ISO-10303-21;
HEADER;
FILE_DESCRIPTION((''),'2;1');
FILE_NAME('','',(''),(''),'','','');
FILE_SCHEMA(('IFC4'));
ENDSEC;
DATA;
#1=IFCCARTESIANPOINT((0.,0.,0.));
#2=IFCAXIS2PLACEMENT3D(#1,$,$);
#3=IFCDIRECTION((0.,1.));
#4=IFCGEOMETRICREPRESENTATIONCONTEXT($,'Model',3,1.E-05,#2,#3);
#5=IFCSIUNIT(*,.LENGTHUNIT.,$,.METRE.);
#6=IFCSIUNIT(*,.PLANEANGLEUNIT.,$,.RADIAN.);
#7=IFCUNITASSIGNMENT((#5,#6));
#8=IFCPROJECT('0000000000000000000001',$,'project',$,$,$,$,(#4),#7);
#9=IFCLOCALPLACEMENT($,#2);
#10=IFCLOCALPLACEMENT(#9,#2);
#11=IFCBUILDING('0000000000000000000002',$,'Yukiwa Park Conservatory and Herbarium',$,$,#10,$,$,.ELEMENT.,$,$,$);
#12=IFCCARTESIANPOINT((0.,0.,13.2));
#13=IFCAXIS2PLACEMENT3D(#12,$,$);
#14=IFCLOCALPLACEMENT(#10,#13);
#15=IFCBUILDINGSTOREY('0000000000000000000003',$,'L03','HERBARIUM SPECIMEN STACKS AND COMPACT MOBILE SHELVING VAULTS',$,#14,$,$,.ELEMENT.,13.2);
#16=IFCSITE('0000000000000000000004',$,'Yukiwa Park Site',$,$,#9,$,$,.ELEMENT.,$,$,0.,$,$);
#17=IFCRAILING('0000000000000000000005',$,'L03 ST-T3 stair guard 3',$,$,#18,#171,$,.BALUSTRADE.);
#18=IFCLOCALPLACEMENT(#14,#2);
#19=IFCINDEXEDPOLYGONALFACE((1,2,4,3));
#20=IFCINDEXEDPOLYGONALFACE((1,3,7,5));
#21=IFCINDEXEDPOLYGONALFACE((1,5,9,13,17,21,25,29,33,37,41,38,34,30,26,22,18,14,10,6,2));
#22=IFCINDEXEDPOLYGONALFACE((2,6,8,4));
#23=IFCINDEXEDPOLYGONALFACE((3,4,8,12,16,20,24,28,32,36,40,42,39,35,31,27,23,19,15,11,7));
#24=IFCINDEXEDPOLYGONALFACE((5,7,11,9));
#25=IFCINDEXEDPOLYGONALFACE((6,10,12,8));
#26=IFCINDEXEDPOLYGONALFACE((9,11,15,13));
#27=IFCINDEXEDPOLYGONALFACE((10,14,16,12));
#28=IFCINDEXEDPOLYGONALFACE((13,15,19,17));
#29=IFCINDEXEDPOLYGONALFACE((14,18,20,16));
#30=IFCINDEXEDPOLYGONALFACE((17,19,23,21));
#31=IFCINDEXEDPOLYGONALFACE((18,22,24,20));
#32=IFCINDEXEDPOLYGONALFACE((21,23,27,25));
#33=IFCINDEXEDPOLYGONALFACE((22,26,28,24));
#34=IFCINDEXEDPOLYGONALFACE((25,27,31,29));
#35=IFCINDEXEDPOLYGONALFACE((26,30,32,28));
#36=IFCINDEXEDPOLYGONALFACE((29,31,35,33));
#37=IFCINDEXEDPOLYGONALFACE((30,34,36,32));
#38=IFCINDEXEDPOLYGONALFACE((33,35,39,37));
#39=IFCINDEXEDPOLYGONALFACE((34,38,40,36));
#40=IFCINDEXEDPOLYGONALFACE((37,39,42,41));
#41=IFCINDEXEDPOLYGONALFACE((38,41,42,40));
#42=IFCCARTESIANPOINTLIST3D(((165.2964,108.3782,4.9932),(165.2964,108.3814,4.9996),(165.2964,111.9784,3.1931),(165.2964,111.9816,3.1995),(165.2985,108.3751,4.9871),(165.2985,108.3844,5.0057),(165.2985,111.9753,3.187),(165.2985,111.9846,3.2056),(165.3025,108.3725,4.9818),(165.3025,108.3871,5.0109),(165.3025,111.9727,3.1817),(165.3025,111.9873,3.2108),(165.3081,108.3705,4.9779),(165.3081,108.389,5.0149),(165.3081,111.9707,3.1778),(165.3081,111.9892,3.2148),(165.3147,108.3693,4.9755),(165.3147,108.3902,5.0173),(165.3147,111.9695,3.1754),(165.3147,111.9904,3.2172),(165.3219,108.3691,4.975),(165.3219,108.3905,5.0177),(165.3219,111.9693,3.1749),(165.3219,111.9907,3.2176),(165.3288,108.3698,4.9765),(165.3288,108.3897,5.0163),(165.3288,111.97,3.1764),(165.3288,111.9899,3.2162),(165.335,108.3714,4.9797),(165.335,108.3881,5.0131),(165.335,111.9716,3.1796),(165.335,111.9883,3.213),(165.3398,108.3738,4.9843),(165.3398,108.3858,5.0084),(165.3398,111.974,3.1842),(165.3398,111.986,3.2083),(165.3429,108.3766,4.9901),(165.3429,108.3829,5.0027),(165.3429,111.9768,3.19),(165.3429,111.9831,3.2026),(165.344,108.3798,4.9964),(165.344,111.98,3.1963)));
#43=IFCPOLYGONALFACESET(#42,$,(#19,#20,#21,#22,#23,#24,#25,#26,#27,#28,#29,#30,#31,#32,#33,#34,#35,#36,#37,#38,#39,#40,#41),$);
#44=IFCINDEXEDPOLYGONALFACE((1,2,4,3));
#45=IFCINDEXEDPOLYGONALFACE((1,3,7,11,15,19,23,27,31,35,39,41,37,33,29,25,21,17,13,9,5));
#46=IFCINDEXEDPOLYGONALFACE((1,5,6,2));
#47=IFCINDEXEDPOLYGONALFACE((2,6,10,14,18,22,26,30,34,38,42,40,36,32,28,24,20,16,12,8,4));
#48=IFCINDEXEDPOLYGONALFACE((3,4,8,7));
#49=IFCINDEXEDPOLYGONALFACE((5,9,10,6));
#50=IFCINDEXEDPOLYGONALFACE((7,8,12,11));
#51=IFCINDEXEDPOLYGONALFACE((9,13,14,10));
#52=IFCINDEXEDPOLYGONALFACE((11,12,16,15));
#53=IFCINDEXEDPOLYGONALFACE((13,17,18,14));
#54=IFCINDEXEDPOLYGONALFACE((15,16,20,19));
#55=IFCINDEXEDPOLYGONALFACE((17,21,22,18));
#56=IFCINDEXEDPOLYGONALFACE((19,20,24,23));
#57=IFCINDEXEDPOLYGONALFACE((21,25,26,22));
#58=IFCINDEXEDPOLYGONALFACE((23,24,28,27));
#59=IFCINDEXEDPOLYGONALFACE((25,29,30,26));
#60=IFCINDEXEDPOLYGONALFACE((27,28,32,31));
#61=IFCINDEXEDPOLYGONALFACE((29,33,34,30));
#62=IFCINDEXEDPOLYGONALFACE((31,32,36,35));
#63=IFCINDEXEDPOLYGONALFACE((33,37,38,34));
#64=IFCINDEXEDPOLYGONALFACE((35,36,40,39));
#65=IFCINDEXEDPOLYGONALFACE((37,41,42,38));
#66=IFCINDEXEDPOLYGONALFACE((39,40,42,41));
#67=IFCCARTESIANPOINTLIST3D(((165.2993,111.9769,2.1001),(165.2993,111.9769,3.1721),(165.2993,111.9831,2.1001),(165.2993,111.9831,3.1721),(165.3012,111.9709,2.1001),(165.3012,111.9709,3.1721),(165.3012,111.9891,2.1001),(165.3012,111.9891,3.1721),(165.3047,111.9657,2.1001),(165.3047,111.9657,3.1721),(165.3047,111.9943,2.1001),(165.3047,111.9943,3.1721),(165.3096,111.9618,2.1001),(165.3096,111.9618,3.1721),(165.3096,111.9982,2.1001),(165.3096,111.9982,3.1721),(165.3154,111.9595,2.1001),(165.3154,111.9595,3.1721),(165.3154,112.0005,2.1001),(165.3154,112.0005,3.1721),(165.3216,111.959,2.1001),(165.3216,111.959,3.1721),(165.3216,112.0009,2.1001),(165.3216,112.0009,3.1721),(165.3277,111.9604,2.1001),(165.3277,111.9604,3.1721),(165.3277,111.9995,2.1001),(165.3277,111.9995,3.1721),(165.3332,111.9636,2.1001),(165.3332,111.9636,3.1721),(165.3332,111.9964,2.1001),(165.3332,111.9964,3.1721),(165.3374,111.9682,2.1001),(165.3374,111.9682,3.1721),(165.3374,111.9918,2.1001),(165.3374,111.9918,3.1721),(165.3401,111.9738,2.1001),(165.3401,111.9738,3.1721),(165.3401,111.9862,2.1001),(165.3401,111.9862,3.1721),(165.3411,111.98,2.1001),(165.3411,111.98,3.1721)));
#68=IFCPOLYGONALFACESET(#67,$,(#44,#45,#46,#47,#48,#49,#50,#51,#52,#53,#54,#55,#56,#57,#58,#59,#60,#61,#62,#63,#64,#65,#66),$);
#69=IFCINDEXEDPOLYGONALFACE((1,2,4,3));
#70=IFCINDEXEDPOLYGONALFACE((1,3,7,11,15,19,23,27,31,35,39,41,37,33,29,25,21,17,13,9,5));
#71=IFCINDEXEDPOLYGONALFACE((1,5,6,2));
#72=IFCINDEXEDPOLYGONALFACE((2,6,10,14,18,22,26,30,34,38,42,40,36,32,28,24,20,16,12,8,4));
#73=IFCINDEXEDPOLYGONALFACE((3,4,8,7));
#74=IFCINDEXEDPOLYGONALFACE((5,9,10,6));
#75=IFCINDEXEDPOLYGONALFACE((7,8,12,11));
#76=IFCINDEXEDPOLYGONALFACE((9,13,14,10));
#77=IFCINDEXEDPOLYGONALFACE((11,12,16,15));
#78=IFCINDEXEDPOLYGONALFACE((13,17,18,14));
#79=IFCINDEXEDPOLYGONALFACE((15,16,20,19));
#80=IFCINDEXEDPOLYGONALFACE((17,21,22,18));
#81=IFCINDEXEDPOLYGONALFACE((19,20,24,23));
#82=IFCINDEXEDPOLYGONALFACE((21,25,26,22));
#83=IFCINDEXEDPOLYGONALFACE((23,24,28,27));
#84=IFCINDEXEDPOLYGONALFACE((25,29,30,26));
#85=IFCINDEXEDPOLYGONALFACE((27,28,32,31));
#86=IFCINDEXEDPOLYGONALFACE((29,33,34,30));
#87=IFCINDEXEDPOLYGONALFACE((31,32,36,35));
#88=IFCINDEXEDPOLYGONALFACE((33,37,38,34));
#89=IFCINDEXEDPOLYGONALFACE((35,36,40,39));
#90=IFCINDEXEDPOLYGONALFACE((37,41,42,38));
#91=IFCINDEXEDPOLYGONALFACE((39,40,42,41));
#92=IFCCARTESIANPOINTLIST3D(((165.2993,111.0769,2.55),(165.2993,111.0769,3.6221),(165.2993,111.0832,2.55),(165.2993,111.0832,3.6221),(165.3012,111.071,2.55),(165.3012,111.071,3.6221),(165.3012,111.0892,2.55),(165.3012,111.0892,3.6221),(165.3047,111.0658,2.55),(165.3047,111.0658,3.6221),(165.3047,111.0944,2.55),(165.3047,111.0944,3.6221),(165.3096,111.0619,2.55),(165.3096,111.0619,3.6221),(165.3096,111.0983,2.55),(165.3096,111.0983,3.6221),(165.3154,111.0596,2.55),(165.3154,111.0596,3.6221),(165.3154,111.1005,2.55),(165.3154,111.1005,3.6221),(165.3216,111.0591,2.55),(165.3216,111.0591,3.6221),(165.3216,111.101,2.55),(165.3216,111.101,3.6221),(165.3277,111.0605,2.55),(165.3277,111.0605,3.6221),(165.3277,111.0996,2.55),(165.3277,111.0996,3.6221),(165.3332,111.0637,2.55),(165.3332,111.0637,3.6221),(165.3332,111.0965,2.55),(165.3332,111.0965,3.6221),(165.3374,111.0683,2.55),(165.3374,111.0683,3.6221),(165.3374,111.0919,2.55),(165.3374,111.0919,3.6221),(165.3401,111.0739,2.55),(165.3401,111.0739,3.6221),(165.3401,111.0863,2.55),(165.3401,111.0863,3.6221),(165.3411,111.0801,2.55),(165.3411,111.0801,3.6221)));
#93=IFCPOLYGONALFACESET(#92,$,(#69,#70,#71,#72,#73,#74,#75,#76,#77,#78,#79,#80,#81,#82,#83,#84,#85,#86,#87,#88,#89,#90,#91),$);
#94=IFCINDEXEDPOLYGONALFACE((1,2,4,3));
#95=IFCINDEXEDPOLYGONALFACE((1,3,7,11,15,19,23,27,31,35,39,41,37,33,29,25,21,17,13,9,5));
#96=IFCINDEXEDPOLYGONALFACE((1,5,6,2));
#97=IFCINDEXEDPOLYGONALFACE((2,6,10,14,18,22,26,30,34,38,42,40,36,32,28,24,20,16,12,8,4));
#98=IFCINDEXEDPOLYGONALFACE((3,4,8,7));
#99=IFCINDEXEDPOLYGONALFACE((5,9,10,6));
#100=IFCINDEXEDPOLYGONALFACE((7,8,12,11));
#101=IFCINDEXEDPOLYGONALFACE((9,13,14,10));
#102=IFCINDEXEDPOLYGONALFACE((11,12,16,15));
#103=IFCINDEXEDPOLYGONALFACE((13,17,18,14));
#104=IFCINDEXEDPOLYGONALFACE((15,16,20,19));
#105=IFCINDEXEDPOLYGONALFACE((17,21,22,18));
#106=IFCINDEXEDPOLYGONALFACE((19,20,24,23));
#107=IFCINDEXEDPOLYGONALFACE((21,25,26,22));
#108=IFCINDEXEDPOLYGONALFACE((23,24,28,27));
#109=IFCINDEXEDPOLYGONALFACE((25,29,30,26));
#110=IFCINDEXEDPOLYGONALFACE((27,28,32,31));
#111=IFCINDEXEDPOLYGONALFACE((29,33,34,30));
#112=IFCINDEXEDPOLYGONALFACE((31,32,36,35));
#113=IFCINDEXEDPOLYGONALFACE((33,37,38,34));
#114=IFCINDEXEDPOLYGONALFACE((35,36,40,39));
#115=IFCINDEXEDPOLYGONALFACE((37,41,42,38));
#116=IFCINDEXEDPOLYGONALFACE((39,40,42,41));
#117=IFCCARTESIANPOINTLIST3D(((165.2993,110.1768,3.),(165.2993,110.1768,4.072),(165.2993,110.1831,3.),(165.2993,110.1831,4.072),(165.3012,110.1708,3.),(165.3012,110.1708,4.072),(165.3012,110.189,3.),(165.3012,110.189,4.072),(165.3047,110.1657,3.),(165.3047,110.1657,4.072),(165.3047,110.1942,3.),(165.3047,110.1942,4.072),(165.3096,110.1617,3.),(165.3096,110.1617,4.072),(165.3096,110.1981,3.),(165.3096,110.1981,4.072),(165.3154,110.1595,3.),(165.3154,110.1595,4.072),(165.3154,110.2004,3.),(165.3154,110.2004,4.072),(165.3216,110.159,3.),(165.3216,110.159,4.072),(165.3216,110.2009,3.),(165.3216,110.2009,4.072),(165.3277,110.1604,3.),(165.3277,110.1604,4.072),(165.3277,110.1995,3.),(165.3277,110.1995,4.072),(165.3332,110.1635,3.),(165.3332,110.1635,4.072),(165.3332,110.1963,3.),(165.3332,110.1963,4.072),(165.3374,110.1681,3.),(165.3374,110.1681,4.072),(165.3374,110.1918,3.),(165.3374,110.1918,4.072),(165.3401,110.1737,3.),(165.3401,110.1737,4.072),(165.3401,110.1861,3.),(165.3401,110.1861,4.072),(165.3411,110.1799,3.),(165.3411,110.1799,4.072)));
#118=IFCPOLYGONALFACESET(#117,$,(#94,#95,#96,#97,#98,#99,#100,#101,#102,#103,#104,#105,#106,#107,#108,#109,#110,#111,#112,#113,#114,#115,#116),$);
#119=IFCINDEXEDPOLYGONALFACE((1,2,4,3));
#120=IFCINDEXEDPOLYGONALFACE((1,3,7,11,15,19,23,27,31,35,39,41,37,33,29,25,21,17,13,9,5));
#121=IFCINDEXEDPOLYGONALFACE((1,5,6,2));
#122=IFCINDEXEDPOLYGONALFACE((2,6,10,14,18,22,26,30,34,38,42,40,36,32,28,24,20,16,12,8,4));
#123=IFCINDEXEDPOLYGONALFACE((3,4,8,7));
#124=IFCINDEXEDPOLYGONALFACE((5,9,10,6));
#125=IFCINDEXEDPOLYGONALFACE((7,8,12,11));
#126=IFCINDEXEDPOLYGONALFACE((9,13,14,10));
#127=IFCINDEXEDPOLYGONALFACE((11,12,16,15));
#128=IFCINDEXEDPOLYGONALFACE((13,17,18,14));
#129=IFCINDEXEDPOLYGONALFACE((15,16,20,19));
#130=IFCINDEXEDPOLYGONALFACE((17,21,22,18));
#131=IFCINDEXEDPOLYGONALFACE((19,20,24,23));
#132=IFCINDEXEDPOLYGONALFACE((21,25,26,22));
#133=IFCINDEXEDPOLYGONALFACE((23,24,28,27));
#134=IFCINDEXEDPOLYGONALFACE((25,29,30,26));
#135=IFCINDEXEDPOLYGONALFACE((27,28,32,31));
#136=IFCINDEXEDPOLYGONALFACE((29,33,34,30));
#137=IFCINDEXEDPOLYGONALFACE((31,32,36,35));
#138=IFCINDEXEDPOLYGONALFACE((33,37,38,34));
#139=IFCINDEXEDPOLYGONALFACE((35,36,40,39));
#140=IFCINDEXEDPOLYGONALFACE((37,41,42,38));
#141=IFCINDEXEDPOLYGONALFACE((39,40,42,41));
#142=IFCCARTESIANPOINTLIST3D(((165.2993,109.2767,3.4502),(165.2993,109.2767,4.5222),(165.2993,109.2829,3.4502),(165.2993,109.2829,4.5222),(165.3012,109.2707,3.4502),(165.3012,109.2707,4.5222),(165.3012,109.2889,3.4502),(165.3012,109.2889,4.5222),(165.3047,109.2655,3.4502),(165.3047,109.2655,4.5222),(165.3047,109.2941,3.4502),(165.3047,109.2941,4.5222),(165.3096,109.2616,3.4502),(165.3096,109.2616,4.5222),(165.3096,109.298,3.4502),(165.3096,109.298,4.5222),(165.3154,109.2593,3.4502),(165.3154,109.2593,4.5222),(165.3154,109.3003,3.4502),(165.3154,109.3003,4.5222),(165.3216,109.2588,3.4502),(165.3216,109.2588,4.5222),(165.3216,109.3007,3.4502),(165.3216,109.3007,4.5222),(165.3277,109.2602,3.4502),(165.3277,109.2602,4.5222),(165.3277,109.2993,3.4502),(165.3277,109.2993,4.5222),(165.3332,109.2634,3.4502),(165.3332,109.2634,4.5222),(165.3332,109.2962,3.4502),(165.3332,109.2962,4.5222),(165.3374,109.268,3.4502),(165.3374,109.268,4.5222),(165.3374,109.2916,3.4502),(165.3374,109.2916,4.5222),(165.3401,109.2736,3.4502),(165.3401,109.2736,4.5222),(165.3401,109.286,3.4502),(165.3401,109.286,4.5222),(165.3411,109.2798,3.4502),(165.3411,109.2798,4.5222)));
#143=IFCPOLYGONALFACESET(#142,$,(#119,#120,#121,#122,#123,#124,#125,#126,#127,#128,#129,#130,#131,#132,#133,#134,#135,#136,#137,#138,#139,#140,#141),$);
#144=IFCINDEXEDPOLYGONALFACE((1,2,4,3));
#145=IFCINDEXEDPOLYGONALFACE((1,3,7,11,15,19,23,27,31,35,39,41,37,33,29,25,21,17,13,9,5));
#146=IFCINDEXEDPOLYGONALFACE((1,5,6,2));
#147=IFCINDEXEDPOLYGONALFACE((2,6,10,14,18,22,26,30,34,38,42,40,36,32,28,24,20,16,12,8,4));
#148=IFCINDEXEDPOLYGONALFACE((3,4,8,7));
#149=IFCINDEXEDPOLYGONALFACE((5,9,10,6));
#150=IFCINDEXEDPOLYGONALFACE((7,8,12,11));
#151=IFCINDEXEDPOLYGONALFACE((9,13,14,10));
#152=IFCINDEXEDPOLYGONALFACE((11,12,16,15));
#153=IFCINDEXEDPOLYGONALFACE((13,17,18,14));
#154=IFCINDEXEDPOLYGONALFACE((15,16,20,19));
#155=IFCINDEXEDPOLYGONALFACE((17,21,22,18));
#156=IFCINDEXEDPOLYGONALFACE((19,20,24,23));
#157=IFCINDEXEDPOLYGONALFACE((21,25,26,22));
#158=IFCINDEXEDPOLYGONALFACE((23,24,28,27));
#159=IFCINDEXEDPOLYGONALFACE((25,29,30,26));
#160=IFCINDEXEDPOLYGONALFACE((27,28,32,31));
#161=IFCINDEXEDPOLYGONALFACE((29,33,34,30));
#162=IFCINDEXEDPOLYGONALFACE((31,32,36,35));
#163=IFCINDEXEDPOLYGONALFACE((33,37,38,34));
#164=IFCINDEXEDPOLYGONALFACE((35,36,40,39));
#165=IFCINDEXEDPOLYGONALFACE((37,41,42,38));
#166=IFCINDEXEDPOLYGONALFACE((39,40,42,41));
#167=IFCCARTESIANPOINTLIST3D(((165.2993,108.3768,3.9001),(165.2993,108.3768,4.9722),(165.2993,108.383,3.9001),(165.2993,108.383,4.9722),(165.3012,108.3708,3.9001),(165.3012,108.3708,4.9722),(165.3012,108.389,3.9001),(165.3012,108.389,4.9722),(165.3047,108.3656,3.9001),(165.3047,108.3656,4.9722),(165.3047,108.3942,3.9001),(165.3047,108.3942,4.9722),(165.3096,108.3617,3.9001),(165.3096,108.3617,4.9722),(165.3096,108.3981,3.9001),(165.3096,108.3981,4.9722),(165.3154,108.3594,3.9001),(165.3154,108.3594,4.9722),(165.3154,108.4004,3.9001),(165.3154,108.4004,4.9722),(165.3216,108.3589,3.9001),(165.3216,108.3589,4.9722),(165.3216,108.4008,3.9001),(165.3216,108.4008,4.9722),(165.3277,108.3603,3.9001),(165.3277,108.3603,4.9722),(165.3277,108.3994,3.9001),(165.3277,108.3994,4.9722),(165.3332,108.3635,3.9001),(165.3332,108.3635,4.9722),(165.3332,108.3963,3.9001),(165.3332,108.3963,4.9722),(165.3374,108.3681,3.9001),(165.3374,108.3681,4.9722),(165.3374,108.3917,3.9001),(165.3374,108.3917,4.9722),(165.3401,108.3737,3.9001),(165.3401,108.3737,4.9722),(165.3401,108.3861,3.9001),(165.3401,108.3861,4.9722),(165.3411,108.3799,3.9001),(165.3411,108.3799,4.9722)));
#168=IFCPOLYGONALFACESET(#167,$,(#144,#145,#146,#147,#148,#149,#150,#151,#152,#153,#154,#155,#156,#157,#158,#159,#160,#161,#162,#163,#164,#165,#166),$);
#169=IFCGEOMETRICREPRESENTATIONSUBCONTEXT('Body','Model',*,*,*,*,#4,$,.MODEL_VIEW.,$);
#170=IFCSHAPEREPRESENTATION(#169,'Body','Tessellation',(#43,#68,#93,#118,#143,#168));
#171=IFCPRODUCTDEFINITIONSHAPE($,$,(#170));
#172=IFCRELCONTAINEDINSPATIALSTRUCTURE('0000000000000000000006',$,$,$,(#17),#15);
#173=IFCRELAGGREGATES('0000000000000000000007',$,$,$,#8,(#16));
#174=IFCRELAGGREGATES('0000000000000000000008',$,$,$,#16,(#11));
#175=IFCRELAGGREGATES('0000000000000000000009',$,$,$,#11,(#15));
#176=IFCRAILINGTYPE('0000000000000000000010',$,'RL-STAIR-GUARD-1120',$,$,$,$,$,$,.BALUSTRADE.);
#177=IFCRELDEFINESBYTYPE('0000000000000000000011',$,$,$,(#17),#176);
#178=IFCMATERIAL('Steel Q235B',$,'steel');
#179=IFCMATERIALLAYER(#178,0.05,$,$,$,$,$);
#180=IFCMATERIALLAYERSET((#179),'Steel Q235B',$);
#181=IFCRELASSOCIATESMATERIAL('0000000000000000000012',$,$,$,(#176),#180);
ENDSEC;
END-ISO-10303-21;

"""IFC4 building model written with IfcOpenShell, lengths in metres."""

from ifc_helpers import new_model, si_unit, direction, frame, origin, origin_2d, place, context, subcontext, project, spatial, circle, extrude, material, layer, layer_set, type_object, element, save


model = new_model("IFC4")

# Units and contexts
model_context = context("Model", 3, precision=1e-05, world=origin(), true_north=direction((0.0, 1.0)))
body_context = subcontext(model_context, "Body", "Model", "MODEL_VIEW")
ifc_project = project(units=[si_unit("LENGTHUNIT", "METRE"), si_unit("PLANEANGLEUNIT", "RADIAN")], contexts=[model_context])

# Site, building, storey
site_placement = place(None, origin())
site = spatial("IfcSite", under=ifc_project, at=site_placement, Name="Yukiwa Park Site", CompositionType="ELEMENT", RefElevation=0.0)
building_placement = place(site_placement, origin())
building = spatial("IfcBuilding", under=site, at=building_placement, Name="Yukiwa Park Conservatory and Herbarium", CompositionType="ELEMENT")
storey_placement = place(building_placement, frame((0.0, 0.0, 13.2)))
storey = spatial("IfcBuildingStorey", under=building, at=storey_placement, Name="L03", Description="HERBARIUM SPECIMEN STACKS AND COMPACT MOBILE SHELVING VAULTS", CompositionType="ELEMENT", Elevation=13.2)

# Railing
ifc_material_1 = material(Name="Steel Q235B", Category="steel")
ifc_layer_1 = layer(ifc_material_1, 0.05)
ifc_layer_set_1 = layer_set([ifc_layer_1], Name="Steel Q235B")
railing_type_1 = type_object("IfcRailingType", Name="RL-STAIR-GUARD-1120", PredefinedType="BALUSTRADE", material=ifc_layer_set_1)
railing_1_placement = place(storey_placement, frame((165.3201, 111.98, 2.1001)))
element("IfcRailing", 1, at=railing_1_placement, inside=storey, type_object=railing_type_1, Name="L03 ST-T3 stair guard 3", PredefinedType="BALUSTRADE", context=body_context, shape_type="SweptSolid", body=[
    extrude(circle(Radius=0.0239, at=origin_2d()), frame((0.0, 0.0, 1.0962), z_axis=(0.0, -0.894427, 0.447214), x_axis=(1.0, 0.0, 0.0)), (0.0, 0.0, 1.0), 4.0251),
    extrude(circle(Radius=0.021, at=origin_2d()), origin(), (0.0, 0.0, 1.0), 1.072),
    extrude(circle(Radius=0.021, at=origin_2d()), frame((0.0, -0.8999, 0.45)), (0.0, 0.0, 1.0), 1.072),
    extrude(circle(Radius=0.021, at=origin_2d()), frame((0.0, -1.8, 0.8999)), (0.0, 0.0, 1.0), 1.072),
    extrude(circle(Radius=0.021, at=origin_2d()), frame((0.0, -2.7002, 1.3501)), (0.0, 0.0, 1.0), 1.072),
    extrude(circle(Radius=0.021, at=origin_2d()), frame((0.0, -3.6001, 1.8)), (0.0, 0.0, 1.0), 1.072),
])

save(model, "model.ifc")
